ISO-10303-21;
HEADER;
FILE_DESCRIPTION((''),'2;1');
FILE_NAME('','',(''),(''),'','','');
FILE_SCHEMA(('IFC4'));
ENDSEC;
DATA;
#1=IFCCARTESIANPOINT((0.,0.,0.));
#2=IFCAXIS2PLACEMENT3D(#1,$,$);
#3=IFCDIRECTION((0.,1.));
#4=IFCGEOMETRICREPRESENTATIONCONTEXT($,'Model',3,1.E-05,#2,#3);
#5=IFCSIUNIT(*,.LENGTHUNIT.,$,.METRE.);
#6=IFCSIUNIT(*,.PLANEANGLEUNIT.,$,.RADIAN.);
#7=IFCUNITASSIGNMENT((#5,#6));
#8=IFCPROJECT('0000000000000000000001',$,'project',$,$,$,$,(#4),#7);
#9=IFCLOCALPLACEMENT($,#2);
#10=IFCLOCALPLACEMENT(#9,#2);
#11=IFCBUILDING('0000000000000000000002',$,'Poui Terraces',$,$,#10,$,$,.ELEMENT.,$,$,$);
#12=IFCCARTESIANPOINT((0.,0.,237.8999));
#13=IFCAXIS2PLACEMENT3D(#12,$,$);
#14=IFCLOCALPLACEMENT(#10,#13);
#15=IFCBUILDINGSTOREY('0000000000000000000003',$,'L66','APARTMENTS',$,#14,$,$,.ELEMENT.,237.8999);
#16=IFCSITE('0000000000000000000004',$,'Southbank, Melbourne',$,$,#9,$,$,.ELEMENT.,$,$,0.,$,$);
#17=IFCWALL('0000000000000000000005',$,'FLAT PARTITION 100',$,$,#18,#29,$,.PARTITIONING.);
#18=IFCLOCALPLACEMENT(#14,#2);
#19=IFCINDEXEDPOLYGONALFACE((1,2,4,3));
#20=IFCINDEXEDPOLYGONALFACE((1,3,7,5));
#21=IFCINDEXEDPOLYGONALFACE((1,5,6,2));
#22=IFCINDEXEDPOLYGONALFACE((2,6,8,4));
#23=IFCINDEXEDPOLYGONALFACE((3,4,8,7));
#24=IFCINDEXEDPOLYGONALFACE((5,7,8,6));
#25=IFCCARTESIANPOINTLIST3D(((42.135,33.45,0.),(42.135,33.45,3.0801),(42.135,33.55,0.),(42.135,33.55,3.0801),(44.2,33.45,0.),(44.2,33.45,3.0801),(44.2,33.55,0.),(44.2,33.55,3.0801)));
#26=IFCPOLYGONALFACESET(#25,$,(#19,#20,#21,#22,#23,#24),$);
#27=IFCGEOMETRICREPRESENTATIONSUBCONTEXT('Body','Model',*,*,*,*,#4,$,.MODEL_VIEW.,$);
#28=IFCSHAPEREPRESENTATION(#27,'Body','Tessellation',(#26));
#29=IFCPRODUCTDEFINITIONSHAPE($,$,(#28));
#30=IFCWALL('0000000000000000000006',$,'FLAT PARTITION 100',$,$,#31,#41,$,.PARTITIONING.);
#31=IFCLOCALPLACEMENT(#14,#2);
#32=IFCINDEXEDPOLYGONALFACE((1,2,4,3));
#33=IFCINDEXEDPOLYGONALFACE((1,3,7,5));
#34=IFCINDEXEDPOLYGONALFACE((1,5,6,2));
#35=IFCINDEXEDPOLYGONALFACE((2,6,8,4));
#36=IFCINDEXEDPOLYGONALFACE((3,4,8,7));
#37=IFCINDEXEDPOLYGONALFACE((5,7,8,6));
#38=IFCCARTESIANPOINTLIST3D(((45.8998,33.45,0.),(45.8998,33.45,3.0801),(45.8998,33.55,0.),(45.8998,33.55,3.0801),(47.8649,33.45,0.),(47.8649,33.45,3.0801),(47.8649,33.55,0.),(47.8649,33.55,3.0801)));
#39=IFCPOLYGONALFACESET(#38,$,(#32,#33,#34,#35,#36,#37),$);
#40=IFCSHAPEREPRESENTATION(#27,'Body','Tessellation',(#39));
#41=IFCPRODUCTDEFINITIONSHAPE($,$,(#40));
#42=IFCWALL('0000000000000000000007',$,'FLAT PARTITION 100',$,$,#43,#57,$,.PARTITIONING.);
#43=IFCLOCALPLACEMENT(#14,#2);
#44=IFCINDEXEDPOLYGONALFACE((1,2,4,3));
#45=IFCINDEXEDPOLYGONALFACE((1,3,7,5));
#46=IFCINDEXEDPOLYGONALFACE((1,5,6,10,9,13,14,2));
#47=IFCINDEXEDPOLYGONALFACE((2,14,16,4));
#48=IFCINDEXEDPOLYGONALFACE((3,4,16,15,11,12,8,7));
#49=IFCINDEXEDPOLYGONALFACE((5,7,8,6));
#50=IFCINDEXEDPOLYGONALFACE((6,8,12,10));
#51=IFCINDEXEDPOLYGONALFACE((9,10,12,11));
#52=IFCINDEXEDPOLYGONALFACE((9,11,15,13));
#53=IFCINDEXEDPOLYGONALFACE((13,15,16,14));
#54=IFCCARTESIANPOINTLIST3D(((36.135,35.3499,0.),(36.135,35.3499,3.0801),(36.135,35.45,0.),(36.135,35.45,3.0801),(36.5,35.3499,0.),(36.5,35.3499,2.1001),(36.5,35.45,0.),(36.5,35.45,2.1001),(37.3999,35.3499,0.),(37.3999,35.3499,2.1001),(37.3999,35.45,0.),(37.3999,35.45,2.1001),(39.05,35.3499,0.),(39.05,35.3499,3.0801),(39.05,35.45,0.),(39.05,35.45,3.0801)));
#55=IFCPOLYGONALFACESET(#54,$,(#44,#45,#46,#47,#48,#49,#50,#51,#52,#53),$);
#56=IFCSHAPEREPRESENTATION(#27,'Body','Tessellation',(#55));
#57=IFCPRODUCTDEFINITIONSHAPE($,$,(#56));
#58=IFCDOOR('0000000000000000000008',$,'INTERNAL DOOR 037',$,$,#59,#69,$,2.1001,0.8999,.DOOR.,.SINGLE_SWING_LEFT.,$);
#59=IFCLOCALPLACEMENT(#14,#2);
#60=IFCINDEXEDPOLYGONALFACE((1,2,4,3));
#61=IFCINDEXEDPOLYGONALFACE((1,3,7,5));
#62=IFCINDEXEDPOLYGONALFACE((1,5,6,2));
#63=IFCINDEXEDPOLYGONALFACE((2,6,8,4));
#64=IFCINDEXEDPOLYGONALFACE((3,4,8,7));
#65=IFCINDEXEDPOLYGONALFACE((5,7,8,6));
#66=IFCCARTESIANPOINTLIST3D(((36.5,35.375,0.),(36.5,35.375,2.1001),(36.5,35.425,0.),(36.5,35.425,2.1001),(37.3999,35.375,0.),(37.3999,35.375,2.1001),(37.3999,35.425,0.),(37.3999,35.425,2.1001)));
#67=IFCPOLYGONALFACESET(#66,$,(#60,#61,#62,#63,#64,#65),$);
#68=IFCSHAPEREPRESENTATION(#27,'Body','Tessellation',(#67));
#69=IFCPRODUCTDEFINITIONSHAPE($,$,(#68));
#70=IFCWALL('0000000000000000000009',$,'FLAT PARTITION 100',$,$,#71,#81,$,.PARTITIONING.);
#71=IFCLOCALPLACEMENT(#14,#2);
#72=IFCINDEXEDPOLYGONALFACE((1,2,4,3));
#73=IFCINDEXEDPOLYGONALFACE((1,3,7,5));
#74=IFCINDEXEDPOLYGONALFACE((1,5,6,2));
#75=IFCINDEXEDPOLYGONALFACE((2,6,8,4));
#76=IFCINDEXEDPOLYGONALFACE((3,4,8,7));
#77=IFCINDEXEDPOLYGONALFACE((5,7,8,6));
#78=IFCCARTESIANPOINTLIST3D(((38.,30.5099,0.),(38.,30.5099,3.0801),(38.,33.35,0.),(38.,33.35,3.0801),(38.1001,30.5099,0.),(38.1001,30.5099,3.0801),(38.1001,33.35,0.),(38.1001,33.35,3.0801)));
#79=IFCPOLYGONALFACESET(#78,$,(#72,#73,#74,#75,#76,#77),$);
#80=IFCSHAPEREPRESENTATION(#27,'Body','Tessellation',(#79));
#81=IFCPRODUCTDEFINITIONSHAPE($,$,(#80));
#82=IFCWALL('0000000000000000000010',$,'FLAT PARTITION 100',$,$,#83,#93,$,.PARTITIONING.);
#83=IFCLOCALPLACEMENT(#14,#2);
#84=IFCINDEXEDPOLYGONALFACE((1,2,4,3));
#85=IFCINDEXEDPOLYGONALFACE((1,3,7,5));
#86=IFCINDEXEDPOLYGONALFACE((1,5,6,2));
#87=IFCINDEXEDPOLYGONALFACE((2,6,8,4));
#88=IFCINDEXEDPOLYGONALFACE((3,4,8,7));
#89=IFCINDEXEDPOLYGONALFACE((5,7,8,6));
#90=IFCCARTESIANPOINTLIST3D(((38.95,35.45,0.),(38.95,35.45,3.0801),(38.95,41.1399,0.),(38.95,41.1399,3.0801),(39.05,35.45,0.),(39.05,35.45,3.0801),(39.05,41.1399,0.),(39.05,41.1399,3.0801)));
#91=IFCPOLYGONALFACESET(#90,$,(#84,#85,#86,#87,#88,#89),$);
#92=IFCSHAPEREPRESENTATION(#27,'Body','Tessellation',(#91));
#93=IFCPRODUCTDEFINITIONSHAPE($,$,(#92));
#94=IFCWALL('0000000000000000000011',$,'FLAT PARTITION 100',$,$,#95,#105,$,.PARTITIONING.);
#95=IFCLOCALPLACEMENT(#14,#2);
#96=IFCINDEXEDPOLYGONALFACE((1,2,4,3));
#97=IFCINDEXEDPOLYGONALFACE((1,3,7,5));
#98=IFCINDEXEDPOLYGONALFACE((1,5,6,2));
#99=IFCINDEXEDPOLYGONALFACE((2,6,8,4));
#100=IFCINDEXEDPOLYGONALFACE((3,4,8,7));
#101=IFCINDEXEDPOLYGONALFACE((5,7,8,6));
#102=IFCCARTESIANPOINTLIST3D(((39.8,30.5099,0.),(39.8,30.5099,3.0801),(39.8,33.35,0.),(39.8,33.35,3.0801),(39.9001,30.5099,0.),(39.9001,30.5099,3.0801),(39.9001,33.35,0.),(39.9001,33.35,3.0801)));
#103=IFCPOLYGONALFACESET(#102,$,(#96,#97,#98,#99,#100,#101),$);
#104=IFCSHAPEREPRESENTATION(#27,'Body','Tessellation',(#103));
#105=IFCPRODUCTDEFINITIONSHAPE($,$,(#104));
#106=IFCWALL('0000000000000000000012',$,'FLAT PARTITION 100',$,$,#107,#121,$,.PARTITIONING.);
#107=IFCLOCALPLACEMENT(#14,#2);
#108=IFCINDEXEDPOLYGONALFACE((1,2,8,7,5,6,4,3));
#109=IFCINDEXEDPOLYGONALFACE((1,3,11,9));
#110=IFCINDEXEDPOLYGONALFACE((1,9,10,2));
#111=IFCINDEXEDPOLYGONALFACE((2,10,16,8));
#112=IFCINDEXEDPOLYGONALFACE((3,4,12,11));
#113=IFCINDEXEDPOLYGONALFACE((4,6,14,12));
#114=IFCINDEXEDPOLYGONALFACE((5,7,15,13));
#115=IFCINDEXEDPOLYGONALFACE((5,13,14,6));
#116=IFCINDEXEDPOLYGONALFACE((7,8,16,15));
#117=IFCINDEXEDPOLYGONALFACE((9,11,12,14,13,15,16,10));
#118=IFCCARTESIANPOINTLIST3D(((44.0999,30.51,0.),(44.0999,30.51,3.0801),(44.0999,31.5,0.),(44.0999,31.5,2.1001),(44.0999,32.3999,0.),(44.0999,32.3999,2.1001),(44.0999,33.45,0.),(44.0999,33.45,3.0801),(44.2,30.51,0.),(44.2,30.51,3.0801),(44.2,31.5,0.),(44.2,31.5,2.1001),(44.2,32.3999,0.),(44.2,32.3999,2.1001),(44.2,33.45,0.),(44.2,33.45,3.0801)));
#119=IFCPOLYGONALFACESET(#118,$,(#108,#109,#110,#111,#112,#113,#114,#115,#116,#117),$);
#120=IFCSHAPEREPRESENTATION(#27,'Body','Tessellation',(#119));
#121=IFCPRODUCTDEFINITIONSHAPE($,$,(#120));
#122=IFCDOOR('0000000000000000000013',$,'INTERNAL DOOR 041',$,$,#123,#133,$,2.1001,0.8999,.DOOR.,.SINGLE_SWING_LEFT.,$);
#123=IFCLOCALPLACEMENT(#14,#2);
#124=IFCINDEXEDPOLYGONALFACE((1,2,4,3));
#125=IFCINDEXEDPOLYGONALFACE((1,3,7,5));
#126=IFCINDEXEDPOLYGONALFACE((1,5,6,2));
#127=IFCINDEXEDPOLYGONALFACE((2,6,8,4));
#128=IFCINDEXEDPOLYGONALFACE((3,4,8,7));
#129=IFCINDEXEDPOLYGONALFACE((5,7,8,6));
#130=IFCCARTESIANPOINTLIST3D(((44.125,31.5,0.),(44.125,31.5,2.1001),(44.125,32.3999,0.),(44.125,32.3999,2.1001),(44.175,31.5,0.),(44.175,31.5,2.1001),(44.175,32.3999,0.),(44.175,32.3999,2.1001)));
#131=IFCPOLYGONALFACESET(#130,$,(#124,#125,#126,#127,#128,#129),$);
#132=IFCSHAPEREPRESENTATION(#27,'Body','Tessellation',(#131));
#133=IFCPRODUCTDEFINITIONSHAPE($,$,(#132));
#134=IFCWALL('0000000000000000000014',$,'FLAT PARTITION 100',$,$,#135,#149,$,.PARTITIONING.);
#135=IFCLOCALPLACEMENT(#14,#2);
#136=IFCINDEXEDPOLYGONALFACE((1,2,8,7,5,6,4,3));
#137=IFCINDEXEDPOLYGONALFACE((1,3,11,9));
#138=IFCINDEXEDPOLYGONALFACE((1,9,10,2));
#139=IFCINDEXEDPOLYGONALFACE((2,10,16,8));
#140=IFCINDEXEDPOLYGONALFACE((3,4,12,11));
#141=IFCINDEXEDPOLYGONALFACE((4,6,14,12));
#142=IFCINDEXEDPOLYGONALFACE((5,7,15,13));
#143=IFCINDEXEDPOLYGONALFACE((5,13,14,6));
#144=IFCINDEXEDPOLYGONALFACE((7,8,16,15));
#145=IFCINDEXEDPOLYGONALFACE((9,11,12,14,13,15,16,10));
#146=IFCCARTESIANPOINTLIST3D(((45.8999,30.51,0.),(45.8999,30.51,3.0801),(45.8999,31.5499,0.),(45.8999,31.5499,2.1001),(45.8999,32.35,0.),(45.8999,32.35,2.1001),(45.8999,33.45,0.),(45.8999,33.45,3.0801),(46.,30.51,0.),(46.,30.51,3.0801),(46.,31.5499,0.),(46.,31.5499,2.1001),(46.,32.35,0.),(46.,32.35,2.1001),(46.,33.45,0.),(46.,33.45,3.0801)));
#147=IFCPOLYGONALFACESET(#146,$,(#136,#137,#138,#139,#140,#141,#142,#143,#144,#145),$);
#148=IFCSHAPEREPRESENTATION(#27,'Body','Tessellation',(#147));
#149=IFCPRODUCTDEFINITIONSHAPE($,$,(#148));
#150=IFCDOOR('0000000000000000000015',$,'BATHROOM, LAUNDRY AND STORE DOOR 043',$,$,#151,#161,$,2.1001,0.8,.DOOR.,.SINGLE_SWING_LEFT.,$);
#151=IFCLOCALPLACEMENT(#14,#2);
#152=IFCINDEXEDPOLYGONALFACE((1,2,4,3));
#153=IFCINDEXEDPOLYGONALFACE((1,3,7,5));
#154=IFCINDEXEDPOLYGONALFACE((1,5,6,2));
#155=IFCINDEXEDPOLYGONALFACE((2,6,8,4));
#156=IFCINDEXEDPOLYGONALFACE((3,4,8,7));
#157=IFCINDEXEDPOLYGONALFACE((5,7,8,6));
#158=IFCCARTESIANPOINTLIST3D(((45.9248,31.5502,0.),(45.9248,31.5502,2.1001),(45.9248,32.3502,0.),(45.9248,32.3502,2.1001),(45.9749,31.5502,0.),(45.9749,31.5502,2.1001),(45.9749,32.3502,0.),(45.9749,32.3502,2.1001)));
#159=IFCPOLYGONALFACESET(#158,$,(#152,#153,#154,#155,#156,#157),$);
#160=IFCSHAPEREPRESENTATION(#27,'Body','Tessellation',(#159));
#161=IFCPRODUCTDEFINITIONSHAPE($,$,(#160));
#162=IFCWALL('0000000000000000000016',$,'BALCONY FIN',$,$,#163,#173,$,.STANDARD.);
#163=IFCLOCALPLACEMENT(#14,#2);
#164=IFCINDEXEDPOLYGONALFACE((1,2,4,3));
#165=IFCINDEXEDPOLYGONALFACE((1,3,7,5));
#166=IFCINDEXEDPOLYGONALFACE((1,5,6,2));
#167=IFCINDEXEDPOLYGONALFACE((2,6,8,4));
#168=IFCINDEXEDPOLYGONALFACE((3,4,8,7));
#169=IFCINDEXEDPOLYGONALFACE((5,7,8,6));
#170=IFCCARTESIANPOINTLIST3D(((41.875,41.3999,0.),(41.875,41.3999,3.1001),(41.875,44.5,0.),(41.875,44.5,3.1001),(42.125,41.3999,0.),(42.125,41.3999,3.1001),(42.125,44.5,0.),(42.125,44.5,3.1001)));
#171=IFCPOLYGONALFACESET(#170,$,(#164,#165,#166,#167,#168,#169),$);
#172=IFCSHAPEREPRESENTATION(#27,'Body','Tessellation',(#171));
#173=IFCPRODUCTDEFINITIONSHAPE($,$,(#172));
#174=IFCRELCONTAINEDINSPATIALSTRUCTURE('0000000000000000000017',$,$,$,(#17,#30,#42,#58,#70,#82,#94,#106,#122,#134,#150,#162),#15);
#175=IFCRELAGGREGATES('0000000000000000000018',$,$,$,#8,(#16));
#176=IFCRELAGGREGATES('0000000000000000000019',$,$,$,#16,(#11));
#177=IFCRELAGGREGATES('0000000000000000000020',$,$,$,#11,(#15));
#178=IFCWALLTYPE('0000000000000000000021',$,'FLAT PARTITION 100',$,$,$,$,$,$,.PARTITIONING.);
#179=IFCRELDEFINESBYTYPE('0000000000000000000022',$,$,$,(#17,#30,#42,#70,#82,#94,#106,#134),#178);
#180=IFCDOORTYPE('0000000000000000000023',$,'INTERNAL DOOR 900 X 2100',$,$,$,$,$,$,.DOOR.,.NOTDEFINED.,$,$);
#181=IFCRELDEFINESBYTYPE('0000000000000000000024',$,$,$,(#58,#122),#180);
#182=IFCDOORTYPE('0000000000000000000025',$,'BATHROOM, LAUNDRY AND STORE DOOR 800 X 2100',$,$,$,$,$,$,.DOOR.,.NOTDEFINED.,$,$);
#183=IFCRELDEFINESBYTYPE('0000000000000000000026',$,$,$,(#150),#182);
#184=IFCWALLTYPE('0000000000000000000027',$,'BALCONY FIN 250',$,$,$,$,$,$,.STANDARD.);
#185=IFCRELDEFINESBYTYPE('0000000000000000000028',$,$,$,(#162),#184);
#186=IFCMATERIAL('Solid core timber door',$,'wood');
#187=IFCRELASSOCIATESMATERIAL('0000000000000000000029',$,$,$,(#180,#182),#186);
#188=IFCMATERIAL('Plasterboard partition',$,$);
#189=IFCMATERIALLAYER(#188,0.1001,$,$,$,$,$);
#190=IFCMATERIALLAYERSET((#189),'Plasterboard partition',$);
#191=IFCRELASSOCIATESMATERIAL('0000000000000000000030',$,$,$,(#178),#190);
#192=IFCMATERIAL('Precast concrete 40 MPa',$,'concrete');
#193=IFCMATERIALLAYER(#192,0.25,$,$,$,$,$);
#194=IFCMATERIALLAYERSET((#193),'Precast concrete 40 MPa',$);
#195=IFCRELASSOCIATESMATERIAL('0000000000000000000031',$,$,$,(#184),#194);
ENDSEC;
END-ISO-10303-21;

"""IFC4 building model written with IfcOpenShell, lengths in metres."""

from ifc_helpers import new_model, si_unit, direction, frame, frame_2d, origin, place, context, subcontext, project, spatial, polyline, rectangle, outline, extrude, source, transform, mapped, material, layer, layer_set, type_object, element, fill, save


model = new_model("IFC4")

# Units and contexts
model_context = context("Model", 3, precision=1e-05, world=origin(), true_north=direction((0.0, 1.0)))
body_context = subcontext(model_context, "Body", "Model", "MODEL_VIEW")
ifc_project = project(units=[si_unit("LENGTHUNIT", "METRE"), si_unit("PLANEANGLEUNIT", "RADIAN")], contexts=[model_context])

# Site, building, storey
site_placement = place(None, origin())
site = spatial("IfcSite", under=ifc_project, at=site_placement, Name="Southbank, Melbourne", CompositionType="ELEMENT", RefElevation=0.0)
building_placement = place(site_placement, origin())
building = spatial("IfcBuilding", under=site, at=building_placement, Name="Poui Terraces", CompositionType="ELEMENT")
storey_placement = place(building_placement, frame((0.0, 0.0, 237.8999)))
storey = spatial("IfcBuildingStorey", under=building, at=storey_placement, Name="L66", Description="APARTMENTS", CompositionType="ELEMENT", Elevation=237.8999)

# Shared definitions
ifc_material_1 = material(Name="Solid core timber door", Category="wood")
door_type_1 = type_object("IfcDoorType", Name="INTERNAL DOOR 900 X 2100", OperationType="NOTDEFINED", PredefinedType="DOOR", material=ifc_material_1)

# Shared definitions
ifc_material_2 = material(Name="Plasterboard partition")
ifc_layer_1 = layer(ifc_material_2, 0.1001)
ifc_layer_set_1 = layer_set([ifc_layer_1], Name="Plasterboard partition")
wall_type_1 = type_object("IfcWallType", Name="FLAT PARTITION 100", PredefinedType="PARTITIONING", material=ifc_layer_set_1)
door_type_2 = type_object("IfcDoorType", Name="BATHROOM, LAUNDRY AND STORE DOOR 800 X 2100", OperationType="NOTDEFINED", PredefinedType="DOOR", material=ifc_material_1)

# Walls
wall_1_placement = place(storey_placement, frame((42.135, 33.5, 0.0), z_axis=(0.0, 0.0, 1.0), x_axis=(1.0, 0.0, 0.0)))
element("IfcWall", 1, at=wall_1_placement, inside=storey, type_object=wall_type_1, Name="FLAT PARTITION 100", PredefinedType="PARTITIONING", context=body_context, shape_type="SweptSolid", body=[
    extrude(rectangle(XDim=2.0649, YDim=0.1001, at=frame_2d((1.0325, 0.0))), origin(), (0.0, 0.0, 1.0), 3.0801),
])
wall_2_placement = place(storey_placement, frame((45.8999, 33.5, 0.0), z_axis=(0.0, 0.0, 1.0), x_axis=(1.0, 0.0, 0.0)))
element("IfcWall", 2, at=wall_2_placement, inside=storey, type_object=wall_type_1, Name="FLAT PARTITION 100", PredefinedType="PARTITIONING", context=body_context, shape_type="SweptSolid", body=[
    extrude(rectangle(XDim=1.9651, YDim=0.1001, at=frame_2d((0.9824, 0.0))), origin(), (0.0, 0.0, 1.0), 3.0801),
])

# Wall, opening, door
wall_3_placement = place(storey_placement, frame((36.135, 35.3999, 0.0), z_axis=(0.0, 0.0, 1.0), x_axis=(1.0, 0.0, 0.0)))
wall_3 = element("IfcWall", 3, at=wall_3_placement, inside=storey, type_object=wall_type_1, Name="FLAT PARTITION 100", PredefinedType="PARTITIONING", context=body_context, shape_type="SweptSolid", body=[
    extrude(rectangle(XDim=2.915, YDim=0.1001, at=frame_2d((1.4575, 0.0))), origin(), (0.0, 0.0, 1.0), 3.0801),
])
opening_1_placement = place(wall_3_placement, frame((0.365, 0.0, 0.0)))
opening_1 = element("IfcOpeningElement", 4, at=opening_1_placement, cuts=wall_3, PredefinedType="OPENING", context=body_context, shape_type="SweptSolid", body=[
    extrude(rectangle(XDim=0.8999, YDim=2.1001, at=frame_2d((0.45, 1.05))), frame((0.0, 0.0601, 0.0), z_axis=(0.0, -1.0, 0.0), x_axis=(1.0, 0.0, 0.0)), (0.0, 0.0, 1.0), 0.1201),
])
door_1_placement = place(opening_1_placement, frame((0.8999, 0.0, 0.0), z_axis=(0.0, 0.0, 1.0), x_axis=(-1.0, 0.0, 0.0)))
door_1 = element("IfcDoor", 5, at=door_1_placement, inside=storey, type_object=door_type_1, Name="INTERNAL DOOR 037", OperationType="SINGLE_SWING_LEFT", OverallHeight=2.1001, OverallWidth=0.8999, PredefinedType="DOOR", context=body_context, shape_type="SweptSolid", body=[
    extrude(rectangle(XDim=0.8999, YDim=2.1001, at=frame_2d((0.45, 1.05))), frame((0.0, 0.0249, 0.0), z_axis=(0.0, -1.0, 0.0), x_axis=(1.0, 0.0, 0.0)), (0.0, 0.0, 1.0), 0.05),
])
fill(opening_1, door_1)

# Walls
wall_4_placement = place(storey_placement, frame((38.05, 30.51, 0.0), z_axis=(0.0, 0.0, 1.0), x_axis=(0.0, 1.0, 0.0)))
element("IfcWall", 6, at=wall_4_placement, inside=storey, type_object=wall_type_1, Name="FLAT PARTITION 100", PredefinedType="PARTITIONING", context=body_context, shape_type="SweptSolid", body=[
    extrude(rectangle(XDim=2.8401, YDim=0.1001, at=frame_2d((1.4199, 0.0))), origin(), (0.0, 0.0, 1.0), 3.0801),
])
wall_5_placement = place(storey_placement, frame((39.0, 35.45, 0.0), z_axis=(0.0, 0.0, 1.0), x_axis=(0.0, 1.0, 0.0)))
element("IfcWall", 7, at=wall_5_placement, inside=storey, type_object=wall_type_1, Name="FLAT PARTITION 100", PredefinedType="PARTITIONING", context=body_context, shape_type="SweptSolid", body=[
    extrude(rectangle(XDim=5.6899, YDim=0.1001, at=frame_2d((2.845, 0.0))), origin(), (0.0, 0.0, 1.0), 3.0801),
])
wall_6_placement = place(storey_placement, frame((39.8501, 30.51, 0.0), z_axis=(0.0, 0.0, 1.0), x_axis=(0.0, 1.0, 0.0)))
element("IfcWall", 8, at=wall_6_placement, inside=storey, type_object=wall_type_1, Name="FLAT PARTITION 100", PredefinedType="PARTITIONING", context=body_context, shape_type="SweptSolid", body=[
    extrude(rectangle(XDim=2.8401, YDim=0.1001, at=frame_2d((1.4199, 0.0))), origin(), (0.0, 0.0, 1.0), 3.0801),
])

# Walls, openings, doors
wall_7_placement = place(storey_placement, frame((44.1499, 30.51, 0.0), z_axis=(0.0, 0.0, 1.0), x_axis=(0.0, 1.0, 0.0)))
wall_7 = element("IfcWall", 9, at=wall_7_placement, inside=storey, type_object=wall_type_1, Name="FLAT PARTITION 100", PredefinedType="PARTITIONING", context=body_context, shape_type="SweptSolid", body=[
    extrude(rectangle(XDim=2.9399, YDim=0.1001, at=frame_2d((1.47, 0.0))), origin(), (0.0, 0.0, 1.0), 3.0801),
])
opening_2_placement = place(wall_7_placement, frame((0.99, 0.0, 0.0)))
opening_2 = element("IfcOpeningElement", 10, at=opening_2_placement, cuts=wall_7, PredefinedType="OPENING", context=body_context, shape_type="SweptSolid", body=[
    extrude(rectangle(XDim=0.8999, YDim=2.1001, at=frame_2d((0.45, 1.05))), frame((0.0, 0.0601, 0.0), z_axis=(0.0, -1.0, 0.0), x_axis=(1.0, 0.0, 0.0)), (0.0, 0.0, 1.0), 0.1201),
])
door_2_placement = place(opening_2_placement, origin())
door_2 = element("IfcDoor", 11, at=door_2_placement, inside=storey, type_object=door_type_1, Name="INTERNAL DOOR 041", OperationType="SINGLE_SWING_LEFT", OverallHeight=2.1001, OverallWidth=0.8999, PredefinedType="DOOR", context=body_context, shape_type="SweptSolid", body=[
    extrude(rectangle(XDim=0.8999, YDim=2.1001, at=frame_2d((0.45, 1.05))), frame((0.0, 0.0249, 0.0), z_axis=(0.0, -1.0, 0.0), x_axis=(1.0, 0.0, 0.0)), (0.0, 0.0, 1.0), 0.05),
])
fill(opening_2, door_2)
wall_8_placement = place(storey_placement, frame((45.95, 30.51, 0.0), z_axis=(0.0, 0.0, 1.0), x_axis=(0.0, 1.0, 0.0)))
wall_8 = element("IfcWall", 12, at=wall_8_placement, inside=storey, type_object=wall_type_1, Name="FLAT PARTITION 100", PredefinedType="PARTITIONING", context=body_context, shape_type="SweptSolid", body=[
    extrude(rectangle(XDim=2.9399, YDim=0.1001, at=frame_2d((1.47, 0.0))), origin(), (0.0, 0.0, 1.0), 3.0801),
])
opening_3_placement = place(wall_8_placement, frame((1.04, 0.0, 0.0)))
opening_3 = element("IfcOpeningElement", 13, at=opening_3_placement, cuts=wall_8, PredefinedType="OPENING", context=body_context, shape_type="SweptSolid", body=[
    extrude(rectangle(XDim=0.8, YDim=2.1001, at=frame_2d((0.3999, 1.05))), frame((0.0, 0.0601, 0.0), z_axis=(0.0, -1.0, 0.0), x_axis=(1.0, 0.0, 0.0)), (0.0, 0.0, 1.0), 0.1201),
])
door_3_placement = place(opening_3_placement, frame((0.8, 0.0, 0.0), z_axis=(0.0, 0.0, 1.0), x_axis=(-1.0, 0.0, 0.0)))
door_3 = element("IfcDoor", 14, at=door_3_placement, inside=storey, type_object=door_type_2, Name="BATHROOM, LAUNDRY AND STORE DOOR 043", OperationType="SINGLE_SWING_LEFT", OverallHeight=2.1001, OverallWidth=0.8, PredefinedType="DOOR", context=body_context, shape_type="SweptSolid", body=[
    extrude(rectangle(XDim=0.8, YDim=2.1001, at=frame_2d((0.3999, 1.05))), frame((0.0, 0.0249, 0.0), z_axis=(0.0, -1.0, 0.0), x_axis=(1.0, 0.0, 0.0)), (0.0, 0.0, 1.0), 0.05),
])
fill(opening_3, door_3)

# Wall
ifc_material_3 = material(Name="Precast concrete 40 MPa", Category="concrete")
ifc_layer_2 = layer(ifc_material_3, 0.25)
ifc_layer_set_2 = layer_set([ifc_layer_2], Name="Precast concrete 40 MPa")
wall_type_2 = type_object("IfcWallType", Name="BALCONY FIN 250", PredefinedType="STANDARD", material=ifc_layer_set_2)
shared_shape_1 = source(origin(), body_context, "Body", "SweptSolid", [
    extrude(outline(polyline([(0.0, 0.0), (0.25, 0.0), (0.25, 3.1001), (0.0, 3.1001), (0.0, 0.0)])), origin(), (0.0, 0.0, 1.0), 3.1001),
])
wall_9_placement = place(storey_placement, frame((41.875, 41.3999, 0.0)))
element("IfcWall", 15, at=wall_9_placement, inside=storey, type_object=wall_type_2, Name="BALCONY FIN", PredefinedType="STANDARD", context=body_context, shape_type="MappedRepresentation", body=[
    mapped(shared_shape_1, transform((0.0, 0.0, 0.0))),
])

save(model, "model.ifc")
